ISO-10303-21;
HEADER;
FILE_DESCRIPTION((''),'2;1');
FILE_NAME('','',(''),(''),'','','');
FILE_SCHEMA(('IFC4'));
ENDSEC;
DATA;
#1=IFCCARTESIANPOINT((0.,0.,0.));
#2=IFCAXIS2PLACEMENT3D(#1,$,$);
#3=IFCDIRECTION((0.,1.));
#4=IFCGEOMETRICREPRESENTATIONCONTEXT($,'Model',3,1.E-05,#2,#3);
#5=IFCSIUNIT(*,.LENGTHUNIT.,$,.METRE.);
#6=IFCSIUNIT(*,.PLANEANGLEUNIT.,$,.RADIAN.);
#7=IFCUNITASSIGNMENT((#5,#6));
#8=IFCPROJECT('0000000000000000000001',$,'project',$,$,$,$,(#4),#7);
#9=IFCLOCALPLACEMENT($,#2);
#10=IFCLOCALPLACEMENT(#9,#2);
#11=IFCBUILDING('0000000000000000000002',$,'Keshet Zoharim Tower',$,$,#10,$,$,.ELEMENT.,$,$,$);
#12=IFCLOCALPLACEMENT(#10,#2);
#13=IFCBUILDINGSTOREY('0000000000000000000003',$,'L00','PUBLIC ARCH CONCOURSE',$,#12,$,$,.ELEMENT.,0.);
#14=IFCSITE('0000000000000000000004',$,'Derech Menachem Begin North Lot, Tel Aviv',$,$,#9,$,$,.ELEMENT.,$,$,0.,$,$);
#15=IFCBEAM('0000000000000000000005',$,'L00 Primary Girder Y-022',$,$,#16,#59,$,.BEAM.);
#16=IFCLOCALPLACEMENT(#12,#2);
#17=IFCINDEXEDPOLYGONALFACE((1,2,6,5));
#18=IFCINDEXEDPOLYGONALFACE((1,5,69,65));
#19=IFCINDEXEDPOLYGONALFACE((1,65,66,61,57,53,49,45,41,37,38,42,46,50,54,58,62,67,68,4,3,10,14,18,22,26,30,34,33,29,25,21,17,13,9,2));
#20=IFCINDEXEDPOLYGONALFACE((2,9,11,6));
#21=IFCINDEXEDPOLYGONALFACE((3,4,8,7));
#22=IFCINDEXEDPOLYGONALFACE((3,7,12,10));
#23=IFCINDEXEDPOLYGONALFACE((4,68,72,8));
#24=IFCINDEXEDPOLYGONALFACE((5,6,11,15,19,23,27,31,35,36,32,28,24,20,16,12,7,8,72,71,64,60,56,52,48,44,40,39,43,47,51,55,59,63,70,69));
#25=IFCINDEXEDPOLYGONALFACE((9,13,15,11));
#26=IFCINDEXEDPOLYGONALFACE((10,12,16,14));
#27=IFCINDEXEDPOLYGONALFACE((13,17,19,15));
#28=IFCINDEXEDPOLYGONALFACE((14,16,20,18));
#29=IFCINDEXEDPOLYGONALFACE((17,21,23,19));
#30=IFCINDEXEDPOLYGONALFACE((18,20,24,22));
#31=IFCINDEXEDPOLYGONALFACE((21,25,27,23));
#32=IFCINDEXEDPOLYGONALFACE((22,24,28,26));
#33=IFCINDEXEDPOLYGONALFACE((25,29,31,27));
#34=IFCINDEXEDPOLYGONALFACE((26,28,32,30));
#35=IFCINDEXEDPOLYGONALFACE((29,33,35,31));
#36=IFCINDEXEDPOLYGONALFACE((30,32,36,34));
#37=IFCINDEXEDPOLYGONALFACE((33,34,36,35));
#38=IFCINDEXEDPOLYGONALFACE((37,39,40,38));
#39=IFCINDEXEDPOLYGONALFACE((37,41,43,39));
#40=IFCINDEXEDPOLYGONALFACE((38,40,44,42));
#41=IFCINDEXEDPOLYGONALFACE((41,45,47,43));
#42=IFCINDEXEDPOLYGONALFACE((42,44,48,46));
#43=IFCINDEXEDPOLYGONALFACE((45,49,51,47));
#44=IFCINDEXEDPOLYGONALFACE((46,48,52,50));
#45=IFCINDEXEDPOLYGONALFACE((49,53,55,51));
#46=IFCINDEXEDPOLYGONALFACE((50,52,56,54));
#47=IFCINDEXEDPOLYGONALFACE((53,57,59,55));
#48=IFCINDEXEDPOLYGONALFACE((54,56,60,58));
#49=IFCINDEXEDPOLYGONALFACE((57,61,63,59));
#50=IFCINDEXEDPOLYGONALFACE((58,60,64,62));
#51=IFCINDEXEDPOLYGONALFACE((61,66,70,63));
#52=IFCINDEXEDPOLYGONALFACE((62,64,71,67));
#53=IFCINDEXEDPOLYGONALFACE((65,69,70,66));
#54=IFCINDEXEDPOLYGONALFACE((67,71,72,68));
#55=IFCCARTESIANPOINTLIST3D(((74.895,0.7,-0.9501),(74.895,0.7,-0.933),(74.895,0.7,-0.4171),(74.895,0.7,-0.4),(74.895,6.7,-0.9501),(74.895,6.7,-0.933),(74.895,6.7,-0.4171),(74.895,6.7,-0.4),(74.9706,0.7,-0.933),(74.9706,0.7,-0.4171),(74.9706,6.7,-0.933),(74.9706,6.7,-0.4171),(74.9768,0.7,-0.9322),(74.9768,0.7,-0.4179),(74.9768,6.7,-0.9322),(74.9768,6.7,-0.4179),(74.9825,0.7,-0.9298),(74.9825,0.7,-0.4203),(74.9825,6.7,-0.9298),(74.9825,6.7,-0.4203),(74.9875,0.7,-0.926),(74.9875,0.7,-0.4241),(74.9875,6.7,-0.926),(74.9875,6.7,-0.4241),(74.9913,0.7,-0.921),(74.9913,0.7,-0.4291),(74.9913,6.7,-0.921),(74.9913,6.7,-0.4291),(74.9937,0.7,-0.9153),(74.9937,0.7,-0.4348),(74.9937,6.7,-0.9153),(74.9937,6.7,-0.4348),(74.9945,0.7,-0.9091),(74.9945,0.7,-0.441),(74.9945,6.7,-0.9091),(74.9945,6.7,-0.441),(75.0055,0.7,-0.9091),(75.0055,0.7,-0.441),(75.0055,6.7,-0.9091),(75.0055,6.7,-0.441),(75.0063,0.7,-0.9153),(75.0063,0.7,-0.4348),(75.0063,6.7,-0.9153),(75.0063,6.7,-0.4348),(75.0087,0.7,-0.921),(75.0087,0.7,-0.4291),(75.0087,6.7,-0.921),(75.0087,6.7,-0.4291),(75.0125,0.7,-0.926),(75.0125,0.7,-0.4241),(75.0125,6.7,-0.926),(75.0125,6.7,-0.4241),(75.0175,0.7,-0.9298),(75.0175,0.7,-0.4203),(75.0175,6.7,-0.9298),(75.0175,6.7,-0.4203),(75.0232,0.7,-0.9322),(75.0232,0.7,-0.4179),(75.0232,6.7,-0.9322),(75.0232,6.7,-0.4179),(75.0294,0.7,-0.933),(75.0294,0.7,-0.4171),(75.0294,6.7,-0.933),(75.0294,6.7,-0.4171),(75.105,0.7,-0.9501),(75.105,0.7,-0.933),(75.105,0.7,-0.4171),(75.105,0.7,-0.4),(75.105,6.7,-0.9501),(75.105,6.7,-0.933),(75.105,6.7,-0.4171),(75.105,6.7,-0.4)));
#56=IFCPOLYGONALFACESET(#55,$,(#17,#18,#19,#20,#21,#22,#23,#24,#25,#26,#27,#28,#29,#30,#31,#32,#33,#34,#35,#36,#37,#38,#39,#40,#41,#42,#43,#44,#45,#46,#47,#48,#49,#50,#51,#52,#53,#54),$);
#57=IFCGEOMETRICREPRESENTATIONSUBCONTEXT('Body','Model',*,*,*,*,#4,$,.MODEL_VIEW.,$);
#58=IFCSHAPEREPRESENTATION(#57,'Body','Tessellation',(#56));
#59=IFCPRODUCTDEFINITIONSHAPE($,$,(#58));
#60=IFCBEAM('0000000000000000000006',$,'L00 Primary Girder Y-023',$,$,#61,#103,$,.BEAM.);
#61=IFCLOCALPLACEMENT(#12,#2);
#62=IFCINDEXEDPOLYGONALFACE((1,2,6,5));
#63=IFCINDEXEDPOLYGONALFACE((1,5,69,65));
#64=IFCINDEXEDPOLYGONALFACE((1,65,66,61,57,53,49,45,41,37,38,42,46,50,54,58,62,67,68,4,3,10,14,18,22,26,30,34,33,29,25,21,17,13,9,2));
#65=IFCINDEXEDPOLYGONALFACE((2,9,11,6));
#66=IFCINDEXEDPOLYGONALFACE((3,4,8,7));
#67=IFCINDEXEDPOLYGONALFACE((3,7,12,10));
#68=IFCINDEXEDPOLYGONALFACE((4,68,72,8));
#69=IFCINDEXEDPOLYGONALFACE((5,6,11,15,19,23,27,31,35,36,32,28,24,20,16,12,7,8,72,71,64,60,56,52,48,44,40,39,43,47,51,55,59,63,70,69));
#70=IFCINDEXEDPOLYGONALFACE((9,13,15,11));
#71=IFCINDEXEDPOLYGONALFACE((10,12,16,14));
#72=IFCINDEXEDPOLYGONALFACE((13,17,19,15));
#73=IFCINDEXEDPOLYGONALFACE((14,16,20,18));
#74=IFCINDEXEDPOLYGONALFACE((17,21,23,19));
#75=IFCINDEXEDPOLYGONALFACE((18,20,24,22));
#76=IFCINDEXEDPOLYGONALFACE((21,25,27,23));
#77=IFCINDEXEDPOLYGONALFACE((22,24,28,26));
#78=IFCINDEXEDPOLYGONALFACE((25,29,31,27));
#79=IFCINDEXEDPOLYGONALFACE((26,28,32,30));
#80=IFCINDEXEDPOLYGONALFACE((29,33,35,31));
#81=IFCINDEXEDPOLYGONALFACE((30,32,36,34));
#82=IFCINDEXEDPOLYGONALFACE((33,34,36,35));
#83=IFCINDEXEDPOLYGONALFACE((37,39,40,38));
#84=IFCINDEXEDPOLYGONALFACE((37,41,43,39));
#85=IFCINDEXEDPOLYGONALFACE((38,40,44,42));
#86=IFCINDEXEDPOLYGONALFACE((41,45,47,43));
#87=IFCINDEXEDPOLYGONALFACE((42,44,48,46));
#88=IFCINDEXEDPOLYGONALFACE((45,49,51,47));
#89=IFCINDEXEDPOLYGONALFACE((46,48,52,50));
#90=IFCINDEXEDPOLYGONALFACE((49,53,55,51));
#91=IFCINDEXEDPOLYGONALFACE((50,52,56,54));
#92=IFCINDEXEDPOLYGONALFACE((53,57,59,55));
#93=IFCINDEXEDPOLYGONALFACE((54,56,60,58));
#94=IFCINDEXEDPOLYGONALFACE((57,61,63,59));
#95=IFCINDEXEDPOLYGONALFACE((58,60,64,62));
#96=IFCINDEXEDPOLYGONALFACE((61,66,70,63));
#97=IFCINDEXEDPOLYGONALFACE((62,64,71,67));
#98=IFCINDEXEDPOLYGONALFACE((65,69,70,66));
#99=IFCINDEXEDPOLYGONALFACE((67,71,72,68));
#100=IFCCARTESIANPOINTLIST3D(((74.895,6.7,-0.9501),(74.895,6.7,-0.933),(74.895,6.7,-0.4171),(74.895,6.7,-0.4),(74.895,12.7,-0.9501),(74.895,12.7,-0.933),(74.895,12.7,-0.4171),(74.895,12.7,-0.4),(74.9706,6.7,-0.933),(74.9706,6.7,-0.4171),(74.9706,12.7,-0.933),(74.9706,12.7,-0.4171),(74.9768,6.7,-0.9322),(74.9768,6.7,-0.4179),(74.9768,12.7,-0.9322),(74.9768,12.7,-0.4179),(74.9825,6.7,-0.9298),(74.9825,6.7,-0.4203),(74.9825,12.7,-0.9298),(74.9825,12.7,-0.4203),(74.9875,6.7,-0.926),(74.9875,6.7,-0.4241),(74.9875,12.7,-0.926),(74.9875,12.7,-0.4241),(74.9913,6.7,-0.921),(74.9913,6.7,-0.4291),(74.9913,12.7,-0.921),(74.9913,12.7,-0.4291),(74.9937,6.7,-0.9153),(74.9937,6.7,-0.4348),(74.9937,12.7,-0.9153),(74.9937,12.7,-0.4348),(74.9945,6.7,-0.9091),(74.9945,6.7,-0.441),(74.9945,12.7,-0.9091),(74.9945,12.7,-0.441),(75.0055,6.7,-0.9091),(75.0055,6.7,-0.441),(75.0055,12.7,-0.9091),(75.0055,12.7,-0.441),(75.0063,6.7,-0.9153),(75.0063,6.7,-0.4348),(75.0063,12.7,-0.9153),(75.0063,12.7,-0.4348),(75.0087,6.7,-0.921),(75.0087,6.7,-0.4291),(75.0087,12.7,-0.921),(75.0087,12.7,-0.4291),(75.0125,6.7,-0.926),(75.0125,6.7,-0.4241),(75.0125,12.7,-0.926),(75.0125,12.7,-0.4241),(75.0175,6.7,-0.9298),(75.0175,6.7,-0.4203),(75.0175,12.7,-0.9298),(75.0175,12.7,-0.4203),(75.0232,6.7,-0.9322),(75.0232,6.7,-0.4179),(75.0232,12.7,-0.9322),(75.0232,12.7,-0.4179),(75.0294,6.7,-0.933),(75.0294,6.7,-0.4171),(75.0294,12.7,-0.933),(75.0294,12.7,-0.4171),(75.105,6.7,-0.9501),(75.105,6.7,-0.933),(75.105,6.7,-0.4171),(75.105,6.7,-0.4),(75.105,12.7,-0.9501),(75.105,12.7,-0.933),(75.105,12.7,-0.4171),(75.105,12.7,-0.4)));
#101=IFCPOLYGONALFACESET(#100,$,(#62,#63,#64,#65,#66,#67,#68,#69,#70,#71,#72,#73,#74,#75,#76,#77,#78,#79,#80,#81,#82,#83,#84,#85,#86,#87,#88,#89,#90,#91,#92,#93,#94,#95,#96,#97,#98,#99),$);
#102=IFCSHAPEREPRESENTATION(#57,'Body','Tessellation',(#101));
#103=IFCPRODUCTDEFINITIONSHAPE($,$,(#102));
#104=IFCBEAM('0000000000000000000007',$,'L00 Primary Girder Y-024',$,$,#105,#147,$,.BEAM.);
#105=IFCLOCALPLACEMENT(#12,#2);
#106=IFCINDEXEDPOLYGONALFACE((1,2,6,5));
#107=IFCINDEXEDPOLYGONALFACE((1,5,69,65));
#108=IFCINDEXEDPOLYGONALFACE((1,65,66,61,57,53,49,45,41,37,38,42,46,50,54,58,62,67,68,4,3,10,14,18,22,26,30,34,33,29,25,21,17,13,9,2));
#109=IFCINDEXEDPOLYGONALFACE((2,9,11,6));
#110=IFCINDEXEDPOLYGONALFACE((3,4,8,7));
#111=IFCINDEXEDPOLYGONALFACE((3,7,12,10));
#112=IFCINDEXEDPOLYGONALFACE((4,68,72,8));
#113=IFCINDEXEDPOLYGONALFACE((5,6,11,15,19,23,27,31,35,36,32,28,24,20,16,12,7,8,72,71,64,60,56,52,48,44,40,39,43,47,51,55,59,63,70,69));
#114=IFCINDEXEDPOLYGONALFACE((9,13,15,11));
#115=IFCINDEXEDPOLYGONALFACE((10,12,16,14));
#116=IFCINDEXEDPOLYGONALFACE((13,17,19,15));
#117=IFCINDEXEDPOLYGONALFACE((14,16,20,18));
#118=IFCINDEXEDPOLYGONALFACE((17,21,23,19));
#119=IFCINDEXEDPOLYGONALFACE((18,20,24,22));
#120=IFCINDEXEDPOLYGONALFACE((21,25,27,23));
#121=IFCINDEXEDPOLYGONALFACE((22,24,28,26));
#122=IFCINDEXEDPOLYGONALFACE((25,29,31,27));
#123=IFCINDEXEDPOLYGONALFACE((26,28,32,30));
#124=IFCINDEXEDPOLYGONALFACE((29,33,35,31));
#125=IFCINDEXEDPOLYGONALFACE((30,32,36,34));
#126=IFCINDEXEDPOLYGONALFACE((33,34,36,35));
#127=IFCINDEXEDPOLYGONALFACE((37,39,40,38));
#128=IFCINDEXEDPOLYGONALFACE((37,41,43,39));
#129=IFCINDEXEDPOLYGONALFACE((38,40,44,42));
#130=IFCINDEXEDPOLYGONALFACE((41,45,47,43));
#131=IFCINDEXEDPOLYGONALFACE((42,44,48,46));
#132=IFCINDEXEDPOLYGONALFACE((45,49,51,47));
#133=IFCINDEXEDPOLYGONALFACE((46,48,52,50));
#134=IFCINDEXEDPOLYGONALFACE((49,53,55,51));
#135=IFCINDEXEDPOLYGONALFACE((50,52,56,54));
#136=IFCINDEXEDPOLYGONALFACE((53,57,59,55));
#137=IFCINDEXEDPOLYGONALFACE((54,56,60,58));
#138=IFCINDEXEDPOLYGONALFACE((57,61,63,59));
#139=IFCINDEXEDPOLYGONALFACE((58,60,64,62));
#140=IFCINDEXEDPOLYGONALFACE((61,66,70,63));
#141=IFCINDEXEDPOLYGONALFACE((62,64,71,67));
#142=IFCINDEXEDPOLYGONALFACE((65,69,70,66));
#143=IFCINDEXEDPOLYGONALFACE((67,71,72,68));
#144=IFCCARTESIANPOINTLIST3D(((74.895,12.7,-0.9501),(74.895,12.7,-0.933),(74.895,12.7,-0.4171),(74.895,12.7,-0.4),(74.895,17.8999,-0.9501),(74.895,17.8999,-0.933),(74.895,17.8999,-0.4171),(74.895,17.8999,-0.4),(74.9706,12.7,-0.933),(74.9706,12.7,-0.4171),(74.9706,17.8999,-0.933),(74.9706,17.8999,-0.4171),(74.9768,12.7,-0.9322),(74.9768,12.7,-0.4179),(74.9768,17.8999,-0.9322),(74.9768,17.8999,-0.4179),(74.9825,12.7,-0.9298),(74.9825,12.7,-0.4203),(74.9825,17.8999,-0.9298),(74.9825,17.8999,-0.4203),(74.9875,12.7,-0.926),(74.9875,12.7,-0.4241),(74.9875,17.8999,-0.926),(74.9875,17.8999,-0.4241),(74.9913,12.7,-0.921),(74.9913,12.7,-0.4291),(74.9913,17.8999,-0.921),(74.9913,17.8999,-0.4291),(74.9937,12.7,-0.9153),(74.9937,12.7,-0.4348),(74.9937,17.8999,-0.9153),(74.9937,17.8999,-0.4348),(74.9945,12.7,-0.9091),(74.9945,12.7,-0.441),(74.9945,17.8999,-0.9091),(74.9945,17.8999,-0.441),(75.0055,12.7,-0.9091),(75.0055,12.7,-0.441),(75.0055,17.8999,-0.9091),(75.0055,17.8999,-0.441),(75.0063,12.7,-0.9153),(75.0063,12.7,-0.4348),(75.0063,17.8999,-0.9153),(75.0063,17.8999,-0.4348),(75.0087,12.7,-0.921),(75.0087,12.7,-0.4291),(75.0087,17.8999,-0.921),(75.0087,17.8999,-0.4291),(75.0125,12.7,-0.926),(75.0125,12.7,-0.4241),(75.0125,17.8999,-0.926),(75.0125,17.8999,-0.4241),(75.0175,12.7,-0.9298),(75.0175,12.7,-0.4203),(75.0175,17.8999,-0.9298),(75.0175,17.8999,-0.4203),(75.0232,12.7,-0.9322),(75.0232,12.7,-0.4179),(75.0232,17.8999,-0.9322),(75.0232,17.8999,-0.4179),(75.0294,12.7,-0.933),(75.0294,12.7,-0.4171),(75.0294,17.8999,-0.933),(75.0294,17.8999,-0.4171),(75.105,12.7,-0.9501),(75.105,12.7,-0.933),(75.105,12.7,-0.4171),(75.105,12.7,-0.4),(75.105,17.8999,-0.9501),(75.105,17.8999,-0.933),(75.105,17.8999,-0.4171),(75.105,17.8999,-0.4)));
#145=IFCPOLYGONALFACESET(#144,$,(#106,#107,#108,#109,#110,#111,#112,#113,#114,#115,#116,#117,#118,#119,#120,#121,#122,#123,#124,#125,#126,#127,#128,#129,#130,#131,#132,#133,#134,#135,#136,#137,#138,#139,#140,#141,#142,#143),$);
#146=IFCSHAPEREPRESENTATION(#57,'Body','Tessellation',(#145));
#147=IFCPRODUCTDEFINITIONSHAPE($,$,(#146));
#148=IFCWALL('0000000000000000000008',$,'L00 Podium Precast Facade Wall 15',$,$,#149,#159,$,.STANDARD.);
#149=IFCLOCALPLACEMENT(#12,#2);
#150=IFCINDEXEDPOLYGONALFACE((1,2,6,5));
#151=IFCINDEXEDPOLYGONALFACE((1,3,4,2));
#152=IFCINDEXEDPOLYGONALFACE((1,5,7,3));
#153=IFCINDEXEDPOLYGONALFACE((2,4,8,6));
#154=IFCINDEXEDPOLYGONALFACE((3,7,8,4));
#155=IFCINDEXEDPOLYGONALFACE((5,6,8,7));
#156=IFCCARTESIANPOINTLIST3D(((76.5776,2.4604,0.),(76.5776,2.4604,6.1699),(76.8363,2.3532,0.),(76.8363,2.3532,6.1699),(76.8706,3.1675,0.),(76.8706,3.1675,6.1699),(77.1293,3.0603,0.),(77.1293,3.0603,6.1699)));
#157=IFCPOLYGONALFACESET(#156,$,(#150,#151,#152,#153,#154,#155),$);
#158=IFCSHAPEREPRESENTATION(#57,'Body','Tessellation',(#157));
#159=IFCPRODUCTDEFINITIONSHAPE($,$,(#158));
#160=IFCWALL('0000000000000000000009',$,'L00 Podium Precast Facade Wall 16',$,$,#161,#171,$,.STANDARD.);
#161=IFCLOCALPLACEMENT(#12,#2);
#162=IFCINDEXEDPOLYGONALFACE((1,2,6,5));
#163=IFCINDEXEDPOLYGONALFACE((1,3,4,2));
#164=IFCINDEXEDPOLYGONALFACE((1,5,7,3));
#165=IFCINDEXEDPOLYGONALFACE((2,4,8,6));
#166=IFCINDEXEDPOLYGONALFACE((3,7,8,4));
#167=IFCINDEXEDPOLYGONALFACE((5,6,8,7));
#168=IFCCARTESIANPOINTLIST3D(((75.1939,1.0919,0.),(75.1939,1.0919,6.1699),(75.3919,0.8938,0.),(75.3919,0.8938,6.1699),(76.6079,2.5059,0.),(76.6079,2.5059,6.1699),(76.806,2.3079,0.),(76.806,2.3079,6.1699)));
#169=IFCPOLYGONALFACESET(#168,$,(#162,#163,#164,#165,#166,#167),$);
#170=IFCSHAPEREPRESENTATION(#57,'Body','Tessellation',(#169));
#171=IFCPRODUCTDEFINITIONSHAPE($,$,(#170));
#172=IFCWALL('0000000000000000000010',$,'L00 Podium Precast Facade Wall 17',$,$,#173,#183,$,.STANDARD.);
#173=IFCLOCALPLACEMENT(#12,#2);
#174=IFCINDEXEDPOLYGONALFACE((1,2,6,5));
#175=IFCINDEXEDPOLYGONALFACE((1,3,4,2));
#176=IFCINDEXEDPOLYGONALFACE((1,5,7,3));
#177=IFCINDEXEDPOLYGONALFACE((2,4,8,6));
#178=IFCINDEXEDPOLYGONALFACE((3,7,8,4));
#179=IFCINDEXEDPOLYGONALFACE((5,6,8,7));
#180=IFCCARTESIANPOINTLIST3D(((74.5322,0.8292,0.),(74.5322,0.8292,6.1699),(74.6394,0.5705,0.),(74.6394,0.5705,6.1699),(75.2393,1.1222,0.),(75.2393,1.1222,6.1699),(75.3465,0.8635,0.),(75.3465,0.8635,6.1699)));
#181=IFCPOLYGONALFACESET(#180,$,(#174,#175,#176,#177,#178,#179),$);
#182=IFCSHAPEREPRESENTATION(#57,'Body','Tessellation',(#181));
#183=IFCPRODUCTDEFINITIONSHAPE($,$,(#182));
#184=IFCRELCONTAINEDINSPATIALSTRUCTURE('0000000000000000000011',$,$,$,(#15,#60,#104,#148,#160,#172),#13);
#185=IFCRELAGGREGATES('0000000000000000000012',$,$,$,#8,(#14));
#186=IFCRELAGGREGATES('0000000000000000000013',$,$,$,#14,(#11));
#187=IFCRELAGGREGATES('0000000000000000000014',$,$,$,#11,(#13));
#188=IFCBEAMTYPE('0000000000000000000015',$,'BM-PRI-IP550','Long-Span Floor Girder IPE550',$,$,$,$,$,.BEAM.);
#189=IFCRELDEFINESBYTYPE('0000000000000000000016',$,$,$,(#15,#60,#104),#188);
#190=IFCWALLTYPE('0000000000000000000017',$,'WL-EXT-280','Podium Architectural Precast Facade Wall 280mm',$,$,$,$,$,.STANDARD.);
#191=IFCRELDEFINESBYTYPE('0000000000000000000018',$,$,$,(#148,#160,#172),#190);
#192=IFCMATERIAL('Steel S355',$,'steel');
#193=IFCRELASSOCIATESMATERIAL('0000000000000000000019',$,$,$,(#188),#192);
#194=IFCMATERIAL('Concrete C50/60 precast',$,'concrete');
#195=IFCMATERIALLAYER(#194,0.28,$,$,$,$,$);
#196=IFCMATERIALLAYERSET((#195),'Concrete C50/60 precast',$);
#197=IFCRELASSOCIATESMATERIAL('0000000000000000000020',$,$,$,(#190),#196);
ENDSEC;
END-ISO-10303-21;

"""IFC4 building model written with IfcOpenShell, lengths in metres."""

from ifc_helpers import new_model, si_unit, direction, frame, frame_2d, origin, origin_2d, place, context, subcontext, project, spatial, rectangle, i_section, extrude, material, layer, layer_set, material_profile, profile_set, type_object, element, save


model = new_model("IFC4")

# Units and contexts
model_context = context("Model", 3, precision=1e-05, world=origin(), true_north=direction((0.0, 1.0)))
body_context = subcontext(model_context, "Body", "Model", "MODEL_VIEW")
ifc_project = project(units=[si_unit("LENGTHUNIT", "METRE"), si_unit("PLANEANGLEUNIT", "RADIAN")], contexts=[model_context])

# Site, building, storey
site_placement = place(None, origin())
site = spatial("IfcSite", under=ifc_project, at=site_placement, Name="Derech Menachem Begin North Lot, Tel Aviv", CompositionType="ELEMENT", RefElevation=0.0)
building_placement = place(site_placement, origin())
building = spatial("IfcBuilding", under=site, at=building_placement, Name="Keshet Zoharim Tower", CompositionType="ELEMENT")
storey_placement = place(building_placement, origin())
storey = spatial("IfcBuildingStorey", under=building, at=storey_placement, Name="L00", Description="PUBLIC ARCH CONCOURSE", CompositionType="ELEMENT", Elevation=0.0)

# Beams
ifc_material_1 = material(Name="Steel S355", Category="steel")
ifc_material_profile_1 = material_profile(ifc_material_1, i_section(OverallWidth=0.21, OverallDepth=0.55, WebThickness=0.011, FlangeThickness=0.0171, FilletRadius=0.0239, at=origin_2d()), Name="IPE550")
ifc_profile_set_1 = profile_set([ifc_material_profile_1], Name="Steel S355")
beam_type_1 = type_object("IfcBeamType", Name="BM-PRI-IP550", Description="Long-Span Floor Girder IPE550", PredefinedType="BEAM", material=ifc_profile_set_1)
for number, where, z_axis, x_axis, name in (
    (1, (75.0, 0.7, -0.675), (0.0, 1.0, 0.0), (-1.0, 0.0, 0.0), "L00 Primary Girder Y-022"),
    (2, (75.0, 6.7, -0.675), (0.0, 1.0, 0.0), (-1.0, 0.0, 0.0), "L00 Primary Girder Y-023"),
):
    element("IfcBeam", number, at=place(storey_placement, frame(where, z_axis=z_axis, x_axis=x_axis)), inside=storey, type_object=beam_type_1, Name=name, PredefinedType="BEAM", context=body_context, shape_type="SweptSolid", body=[
        extrude(i_section(OverallWidth=0.21, OverallDepth=0.55, WebThickness=0.011, FlangeThickness=0.0171, FilletRadius=0.0239, at=origin_2d()), origin(), (0.0, 0.0, 1.0), 6.0),
    ])
beam_1_placement = place(storey_placement, frame((75.0, 12.7, -0.675), z_axis=(0.0, 1.0, 0.0), x_axis=(-1.0, 0.0, 0.0)))
element("IfcBeam", 3, at=beam_1_placement, inside=storey, type_object=beam_type_1, Name="L00 Primary Girder Y-024", PredefinedType="BEAM", context=body_context, shape_type="SweptSolid", body=[
    extrude(i_section(OverallWidth=0.21, OverallDepth=0.55, WebThickness=0.011, FlangeThickness=0.0171, FilletRadius=0.0239, at=origin_2d()), origin(), (0.0, 0.0, 1.0), 5.2),
])

# Walls
ifc_material_2 = material(Name="Concrete C50/60 precast", Category="concrete")
ifc_layer = layer(ifc_material_2, 0.28)
ifc_layer_set = layer_set([ifc_layer], Name="Concrete C50/60 precast")
wall_type = type_object("IfcWallType", Name="WL-EXT-280", Description="Podium Architectural Precast Facade Wall 280mm", PredefinedType="STANDARD", material=ifc_layer_set)
wall_1_placement = place(storey_placement, frame((77.0, 3.114, 0.0), z_axis=(0.0, 0.0, 1.0), x_axis=(-0.382803, -0.92383, 0.0)))
element("IfcWall", 4, at=wall_1_placement, inside=storey, type_object=wall_type, Name="L00 Podium Precast Facade Wall 15", PredefinedType="STANDARD", context=body_context, shape_type="SweptSolid", body=[
    extrude(rectangle(XDim=0.7654, YDim=0.28, at=frame_2d((0.3828, 0.0))), origin(), (0.0, 0.0, 1.0), 6.1699),
])
wall_2_placement = place(storey_placement, frame((76.707, 2.407, 0.0), z_axis=(0.0, 0.0, 1.0), x_axis=(-0.707107, -0.707107, 0.0)))
element("IfcWall", 5, at=wall_2_placement, inside=storey, type_object=wall_type, Name="L00 Podium Precast Facade Wall 16", PredefinedType="STANDARD", context=body_context, shape_type="SweptSolid", body=[
    extrude(rectangle(XDim=1.9998, YDim=0.28, at=frame_2d((1.0, 0.0))), origin(), (0.0, 0.0, 1.0), 6.1699),
])
wall_3_placement = place(storey_placement, frame((75.293, 0.9929, 0.0), z_axis=(0.0, 0.0, 1.0), x_axis=(-0.92383, -0.382803, 0.0)))
element("IfcWall", 6, at=wall_3_placement, inside=storey, type_object=wall_type, Name="L00 Podium Precast Facade Wall 17", PredefinedType="STANDARD", context=body_context, shape_type="SweptSolid", body=[
    extrude(rectangle(XDim=0.7654, YDim=0.28, at=frame_2d((0.3828, 0.0))), origin(), (0.0, 0.0, 1.0), 6.1699),
])

save(model, "model.ifc")
